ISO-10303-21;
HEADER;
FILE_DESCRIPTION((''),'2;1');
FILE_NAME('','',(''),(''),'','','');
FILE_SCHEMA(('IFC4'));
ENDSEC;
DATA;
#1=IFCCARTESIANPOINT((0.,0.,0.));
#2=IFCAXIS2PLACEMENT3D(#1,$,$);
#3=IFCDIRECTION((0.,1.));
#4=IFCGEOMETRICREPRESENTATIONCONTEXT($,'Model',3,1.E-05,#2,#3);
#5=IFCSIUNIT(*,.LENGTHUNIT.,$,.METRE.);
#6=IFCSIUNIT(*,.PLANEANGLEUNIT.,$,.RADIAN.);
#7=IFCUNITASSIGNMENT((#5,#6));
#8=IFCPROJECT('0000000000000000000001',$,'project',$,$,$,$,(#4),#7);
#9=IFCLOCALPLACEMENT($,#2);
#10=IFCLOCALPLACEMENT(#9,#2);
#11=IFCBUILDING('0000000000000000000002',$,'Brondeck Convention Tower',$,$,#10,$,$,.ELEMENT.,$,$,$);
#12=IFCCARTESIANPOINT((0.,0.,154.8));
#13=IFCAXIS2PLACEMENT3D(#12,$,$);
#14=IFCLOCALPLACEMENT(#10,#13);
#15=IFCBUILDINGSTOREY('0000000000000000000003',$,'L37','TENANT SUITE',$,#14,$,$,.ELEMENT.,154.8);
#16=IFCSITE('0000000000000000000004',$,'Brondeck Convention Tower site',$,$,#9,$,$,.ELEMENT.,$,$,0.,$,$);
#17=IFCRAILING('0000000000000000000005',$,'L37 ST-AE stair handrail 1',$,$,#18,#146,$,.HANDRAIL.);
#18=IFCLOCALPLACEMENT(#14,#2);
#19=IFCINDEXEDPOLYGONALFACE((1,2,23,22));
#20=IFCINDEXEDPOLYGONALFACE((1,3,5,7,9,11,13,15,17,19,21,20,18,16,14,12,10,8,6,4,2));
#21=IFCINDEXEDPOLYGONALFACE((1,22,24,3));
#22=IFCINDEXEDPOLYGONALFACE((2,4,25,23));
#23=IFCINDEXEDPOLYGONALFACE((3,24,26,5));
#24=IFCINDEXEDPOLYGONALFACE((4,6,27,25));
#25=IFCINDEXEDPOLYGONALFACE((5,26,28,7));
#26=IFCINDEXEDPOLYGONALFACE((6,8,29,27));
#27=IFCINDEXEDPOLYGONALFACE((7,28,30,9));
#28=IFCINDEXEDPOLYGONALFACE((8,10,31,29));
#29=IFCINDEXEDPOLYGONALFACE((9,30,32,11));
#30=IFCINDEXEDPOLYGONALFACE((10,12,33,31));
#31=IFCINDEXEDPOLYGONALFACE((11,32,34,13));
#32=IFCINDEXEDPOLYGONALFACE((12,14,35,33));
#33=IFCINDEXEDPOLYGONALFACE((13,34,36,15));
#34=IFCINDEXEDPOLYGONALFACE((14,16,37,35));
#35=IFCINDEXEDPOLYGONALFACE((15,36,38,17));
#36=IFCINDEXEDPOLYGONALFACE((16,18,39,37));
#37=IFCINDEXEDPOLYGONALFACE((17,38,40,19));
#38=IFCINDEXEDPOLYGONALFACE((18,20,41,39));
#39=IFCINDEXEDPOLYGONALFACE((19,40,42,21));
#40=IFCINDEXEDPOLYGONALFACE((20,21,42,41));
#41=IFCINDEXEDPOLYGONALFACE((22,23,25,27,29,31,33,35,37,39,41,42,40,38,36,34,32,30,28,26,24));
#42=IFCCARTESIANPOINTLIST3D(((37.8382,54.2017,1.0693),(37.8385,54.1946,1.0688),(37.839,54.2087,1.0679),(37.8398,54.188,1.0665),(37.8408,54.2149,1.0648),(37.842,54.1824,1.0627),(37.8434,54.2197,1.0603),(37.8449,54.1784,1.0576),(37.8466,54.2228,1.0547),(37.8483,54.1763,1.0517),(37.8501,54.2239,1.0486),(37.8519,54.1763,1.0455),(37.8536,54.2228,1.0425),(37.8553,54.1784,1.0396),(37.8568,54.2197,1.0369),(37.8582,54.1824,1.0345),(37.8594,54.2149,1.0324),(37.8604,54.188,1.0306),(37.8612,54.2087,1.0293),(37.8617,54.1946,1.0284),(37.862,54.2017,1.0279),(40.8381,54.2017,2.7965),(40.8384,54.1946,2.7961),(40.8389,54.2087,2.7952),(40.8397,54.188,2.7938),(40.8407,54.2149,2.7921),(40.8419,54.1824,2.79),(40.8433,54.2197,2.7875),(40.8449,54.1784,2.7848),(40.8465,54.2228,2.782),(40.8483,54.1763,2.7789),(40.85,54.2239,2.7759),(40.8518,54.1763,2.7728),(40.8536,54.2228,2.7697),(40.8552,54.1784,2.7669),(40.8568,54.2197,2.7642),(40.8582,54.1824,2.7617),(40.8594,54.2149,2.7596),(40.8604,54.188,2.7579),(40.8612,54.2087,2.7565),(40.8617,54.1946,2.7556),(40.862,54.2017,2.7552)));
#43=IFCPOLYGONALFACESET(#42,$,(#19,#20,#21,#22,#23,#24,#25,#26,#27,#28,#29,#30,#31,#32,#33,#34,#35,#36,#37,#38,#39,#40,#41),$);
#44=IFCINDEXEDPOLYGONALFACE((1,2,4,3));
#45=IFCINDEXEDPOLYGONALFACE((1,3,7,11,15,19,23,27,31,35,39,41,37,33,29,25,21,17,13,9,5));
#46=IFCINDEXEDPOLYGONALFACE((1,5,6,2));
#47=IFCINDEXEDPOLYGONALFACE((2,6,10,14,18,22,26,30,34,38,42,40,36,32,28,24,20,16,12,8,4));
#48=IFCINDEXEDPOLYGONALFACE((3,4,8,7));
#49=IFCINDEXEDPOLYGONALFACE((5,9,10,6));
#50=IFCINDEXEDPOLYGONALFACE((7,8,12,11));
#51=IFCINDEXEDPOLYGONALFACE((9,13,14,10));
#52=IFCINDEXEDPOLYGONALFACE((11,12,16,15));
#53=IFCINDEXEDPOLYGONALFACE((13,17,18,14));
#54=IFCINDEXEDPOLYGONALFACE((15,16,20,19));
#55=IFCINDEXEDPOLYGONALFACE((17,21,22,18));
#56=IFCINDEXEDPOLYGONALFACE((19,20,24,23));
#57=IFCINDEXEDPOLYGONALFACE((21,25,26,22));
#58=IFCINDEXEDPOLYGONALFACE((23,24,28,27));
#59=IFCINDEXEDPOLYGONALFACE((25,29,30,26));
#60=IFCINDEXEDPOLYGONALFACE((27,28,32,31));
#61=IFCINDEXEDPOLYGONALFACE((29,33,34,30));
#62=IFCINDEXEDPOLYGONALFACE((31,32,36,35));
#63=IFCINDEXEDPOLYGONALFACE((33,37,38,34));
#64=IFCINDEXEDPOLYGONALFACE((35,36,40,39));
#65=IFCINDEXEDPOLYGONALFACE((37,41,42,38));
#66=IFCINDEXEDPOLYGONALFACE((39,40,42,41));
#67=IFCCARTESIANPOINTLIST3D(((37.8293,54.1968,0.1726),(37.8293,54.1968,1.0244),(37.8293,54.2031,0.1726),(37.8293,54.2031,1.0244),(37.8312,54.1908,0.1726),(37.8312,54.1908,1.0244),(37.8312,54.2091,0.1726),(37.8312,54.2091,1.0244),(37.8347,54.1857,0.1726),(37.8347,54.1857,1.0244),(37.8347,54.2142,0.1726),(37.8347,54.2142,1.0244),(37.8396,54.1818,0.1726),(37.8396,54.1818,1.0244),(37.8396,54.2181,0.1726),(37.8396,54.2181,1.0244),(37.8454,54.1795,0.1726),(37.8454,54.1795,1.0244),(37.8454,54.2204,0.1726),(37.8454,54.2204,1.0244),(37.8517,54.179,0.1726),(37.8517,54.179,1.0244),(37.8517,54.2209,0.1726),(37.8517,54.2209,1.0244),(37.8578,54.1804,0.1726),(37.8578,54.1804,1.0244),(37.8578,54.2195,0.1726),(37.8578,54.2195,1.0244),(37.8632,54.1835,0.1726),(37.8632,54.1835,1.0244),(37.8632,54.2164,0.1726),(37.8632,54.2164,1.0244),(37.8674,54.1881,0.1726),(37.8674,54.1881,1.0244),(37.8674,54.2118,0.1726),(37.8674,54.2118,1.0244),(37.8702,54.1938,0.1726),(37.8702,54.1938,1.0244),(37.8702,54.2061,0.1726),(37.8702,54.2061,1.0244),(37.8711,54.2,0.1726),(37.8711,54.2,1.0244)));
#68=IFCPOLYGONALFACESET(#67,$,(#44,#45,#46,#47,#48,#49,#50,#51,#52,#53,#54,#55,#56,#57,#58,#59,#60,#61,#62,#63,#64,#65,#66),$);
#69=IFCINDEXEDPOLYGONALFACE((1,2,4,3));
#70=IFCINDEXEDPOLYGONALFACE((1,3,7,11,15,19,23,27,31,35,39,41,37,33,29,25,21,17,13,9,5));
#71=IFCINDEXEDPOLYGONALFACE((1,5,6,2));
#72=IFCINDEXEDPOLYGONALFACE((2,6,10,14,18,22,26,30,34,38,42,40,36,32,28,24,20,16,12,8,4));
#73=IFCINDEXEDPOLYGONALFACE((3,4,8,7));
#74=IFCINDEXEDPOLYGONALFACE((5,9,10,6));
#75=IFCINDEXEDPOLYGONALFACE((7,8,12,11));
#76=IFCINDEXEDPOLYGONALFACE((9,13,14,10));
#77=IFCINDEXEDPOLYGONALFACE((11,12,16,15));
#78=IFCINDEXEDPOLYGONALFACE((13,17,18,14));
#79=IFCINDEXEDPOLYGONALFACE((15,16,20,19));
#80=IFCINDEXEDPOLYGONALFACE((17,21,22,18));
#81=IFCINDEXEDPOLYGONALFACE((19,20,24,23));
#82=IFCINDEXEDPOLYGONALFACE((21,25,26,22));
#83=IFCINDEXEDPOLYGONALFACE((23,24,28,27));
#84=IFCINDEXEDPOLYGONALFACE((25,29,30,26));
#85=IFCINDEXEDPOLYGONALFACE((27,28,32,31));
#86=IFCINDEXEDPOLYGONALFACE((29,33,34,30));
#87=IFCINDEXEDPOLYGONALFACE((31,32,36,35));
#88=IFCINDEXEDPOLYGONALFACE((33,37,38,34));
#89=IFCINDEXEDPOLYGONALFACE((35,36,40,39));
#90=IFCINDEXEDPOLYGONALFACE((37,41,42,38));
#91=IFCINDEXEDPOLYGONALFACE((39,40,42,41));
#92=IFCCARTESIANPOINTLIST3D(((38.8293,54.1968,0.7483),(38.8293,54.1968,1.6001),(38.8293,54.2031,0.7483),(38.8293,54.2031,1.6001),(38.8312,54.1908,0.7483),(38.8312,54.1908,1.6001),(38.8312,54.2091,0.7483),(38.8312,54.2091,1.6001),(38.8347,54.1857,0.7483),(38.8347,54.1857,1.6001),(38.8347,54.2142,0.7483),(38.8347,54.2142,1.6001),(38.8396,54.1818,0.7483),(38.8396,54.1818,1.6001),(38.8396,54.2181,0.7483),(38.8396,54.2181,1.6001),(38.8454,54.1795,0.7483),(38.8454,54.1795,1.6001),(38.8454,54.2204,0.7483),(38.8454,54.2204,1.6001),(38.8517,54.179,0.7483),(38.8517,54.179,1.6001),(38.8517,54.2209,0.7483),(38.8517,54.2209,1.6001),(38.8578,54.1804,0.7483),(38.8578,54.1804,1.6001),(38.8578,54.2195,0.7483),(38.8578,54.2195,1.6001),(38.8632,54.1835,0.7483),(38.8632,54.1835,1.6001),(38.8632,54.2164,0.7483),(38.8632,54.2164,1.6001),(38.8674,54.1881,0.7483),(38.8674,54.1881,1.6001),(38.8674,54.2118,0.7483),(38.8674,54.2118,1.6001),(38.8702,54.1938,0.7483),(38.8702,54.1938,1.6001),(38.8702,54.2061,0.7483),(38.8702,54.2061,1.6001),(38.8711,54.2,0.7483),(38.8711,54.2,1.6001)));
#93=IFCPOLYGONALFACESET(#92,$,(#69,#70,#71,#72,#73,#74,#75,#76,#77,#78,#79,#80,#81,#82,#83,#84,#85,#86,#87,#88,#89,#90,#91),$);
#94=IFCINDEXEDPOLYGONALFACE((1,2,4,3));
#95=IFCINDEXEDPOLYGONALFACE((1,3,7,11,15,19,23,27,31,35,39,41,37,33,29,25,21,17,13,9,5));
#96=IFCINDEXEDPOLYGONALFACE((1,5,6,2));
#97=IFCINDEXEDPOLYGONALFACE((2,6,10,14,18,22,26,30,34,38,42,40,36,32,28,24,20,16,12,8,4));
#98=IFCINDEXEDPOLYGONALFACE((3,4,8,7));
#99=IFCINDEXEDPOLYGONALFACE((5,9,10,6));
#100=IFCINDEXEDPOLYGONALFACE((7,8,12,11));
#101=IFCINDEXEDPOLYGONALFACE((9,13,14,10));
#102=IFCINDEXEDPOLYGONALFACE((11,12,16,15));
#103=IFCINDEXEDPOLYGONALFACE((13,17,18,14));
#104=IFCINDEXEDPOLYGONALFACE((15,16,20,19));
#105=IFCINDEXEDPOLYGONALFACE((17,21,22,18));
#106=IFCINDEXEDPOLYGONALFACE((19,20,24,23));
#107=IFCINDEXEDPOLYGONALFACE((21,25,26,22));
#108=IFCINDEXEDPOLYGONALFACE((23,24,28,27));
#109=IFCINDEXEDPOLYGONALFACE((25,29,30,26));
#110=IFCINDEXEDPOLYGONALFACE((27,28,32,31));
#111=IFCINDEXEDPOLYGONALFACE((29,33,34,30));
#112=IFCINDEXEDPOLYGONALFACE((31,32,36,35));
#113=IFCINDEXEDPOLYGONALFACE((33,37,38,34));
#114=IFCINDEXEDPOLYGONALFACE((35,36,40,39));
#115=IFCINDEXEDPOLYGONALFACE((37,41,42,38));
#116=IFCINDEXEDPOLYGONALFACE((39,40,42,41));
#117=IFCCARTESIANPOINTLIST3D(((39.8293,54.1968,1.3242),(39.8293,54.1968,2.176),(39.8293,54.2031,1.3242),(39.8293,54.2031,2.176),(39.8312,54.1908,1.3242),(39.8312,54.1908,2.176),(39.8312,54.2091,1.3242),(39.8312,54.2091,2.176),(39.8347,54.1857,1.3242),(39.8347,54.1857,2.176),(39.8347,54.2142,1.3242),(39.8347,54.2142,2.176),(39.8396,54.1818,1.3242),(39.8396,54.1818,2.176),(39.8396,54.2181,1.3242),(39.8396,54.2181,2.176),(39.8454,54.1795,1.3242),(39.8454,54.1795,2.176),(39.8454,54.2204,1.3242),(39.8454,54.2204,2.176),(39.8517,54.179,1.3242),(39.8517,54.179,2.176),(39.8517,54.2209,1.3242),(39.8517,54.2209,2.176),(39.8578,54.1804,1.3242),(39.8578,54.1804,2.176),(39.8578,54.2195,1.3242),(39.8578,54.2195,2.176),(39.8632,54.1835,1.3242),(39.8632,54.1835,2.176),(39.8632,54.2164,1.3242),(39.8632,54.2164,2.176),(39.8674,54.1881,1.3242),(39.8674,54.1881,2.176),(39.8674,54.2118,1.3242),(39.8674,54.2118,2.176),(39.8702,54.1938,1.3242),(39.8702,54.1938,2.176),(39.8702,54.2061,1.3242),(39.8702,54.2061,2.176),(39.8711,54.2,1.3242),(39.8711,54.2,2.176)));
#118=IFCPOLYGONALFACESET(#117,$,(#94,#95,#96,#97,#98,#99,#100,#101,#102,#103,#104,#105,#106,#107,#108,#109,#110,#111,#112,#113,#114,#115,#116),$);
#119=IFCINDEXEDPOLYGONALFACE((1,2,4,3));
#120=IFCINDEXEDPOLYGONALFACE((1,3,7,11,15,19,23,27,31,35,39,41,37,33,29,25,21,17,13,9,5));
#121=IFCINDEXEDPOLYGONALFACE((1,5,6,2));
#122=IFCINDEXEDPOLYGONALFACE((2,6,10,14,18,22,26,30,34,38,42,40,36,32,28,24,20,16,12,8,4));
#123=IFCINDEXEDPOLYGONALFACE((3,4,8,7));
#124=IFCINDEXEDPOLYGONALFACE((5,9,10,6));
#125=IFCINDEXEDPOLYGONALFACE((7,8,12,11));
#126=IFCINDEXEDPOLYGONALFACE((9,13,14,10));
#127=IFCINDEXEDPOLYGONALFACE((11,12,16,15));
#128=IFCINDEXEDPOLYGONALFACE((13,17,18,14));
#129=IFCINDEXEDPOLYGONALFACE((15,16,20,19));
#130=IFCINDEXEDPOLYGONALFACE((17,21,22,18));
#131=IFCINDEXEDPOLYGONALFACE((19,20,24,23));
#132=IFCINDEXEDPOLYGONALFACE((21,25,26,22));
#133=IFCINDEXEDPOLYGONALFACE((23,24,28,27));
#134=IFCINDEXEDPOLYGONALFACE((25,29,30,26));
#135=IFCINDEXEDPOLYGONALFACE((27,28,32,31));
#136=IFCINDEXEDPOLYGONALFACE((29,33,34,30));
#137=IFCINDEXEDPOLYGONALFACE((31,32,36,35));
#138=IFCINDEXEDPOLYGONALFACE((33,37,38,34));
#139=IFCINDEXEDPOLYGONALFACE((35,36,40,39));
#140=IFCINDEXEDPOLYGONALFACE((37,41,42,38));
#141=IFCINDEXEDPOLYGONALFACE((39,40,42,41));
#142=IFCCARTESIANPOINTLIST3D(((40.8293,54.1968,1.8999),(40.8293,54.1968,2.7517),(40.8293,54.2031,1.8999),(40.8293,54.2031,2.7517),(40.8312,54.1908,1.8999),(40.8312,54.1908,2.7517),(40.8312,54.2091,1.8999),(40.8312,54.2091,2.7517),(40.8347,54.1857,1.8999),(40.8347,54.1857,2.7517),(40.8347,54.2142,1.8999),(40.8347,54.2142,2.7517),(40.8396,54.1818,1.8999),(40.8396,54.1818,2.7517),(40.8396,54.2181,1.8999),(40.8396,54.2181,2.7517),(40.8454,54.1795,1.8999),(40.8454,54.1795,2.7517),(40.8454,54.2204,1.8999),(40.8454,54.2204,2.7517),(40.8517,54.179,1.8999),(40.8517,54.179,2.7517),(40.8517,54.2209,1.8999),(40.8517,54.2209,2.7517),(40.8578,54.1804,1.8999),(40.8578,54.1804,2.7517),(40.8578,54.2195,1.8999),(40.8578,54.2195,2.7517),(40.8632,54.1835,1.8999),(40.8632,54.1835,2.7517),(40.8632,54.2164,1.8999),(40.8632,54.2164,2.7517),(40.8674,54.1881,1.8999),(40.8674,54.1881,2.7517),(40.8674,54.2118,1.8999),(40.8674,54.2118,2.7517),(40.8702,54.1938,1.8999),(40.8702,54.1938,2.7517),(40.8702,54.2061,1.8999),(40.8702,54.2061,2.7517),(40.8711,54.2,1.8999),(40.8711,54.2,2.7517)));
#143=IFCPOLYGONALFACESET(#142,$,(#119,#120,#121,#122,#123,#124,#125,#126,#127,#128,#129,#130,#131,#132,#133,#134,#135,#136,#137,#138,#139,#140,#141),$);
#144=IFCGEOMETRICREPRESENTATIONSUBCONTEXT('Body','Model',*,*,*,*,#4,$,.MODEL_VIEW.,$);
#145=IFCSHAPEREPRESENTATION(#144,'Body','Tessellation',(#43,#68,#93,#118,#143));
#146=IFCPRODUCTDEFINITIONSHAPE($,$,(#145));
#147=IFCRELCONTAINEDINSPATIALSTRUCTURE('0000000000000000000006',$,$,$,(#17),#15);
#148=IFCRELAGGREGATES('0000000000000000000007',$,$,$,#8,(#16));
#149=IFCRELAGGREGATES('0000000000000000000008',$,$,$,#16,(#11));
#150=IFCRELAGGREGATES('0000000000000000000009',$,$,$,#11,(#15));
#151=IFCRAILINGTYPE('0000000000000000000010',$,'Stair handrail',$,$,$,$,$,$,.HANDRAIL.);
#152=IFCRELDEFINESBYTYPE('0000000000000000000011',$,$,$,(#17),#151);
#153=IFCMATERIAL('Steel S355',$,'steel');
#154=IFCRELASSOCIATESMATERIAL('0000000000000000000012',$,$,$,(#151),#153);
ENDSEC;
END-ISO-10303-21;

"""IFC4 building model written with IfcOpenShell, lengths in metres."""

from ifc_helpers import new_model, si_unit, direction, frame, origin, origin_2d, place, context, subcontext, project, spatial, circle, extrude, material, type_object, element, save


model = new_model("IFC4")

# Units and contexts
model_context = context("Model", 3, precision=1e-05, world=origin(), true_north=direction((0.0, 1.0)))
body_context = subcontext(model_context, "Body", "Model", "MODEL_VIEW")
ifc_project = project(units=[si_unit("LENGTHUNIT", "METRE"), si_unit("PLANEANGLEUNIT", "RADIAN")], contexts=[model_context])

# Site, building, storey
site_placement = place(None, origin())
site = spatial("IfcSite", under=ifc_project, at=site_placement, Name="Brondeck Convention Tower site", CompositionType="ELEMENT", RefElevation=0.0)
building_placement = place(site_placement, origin())
building = spatial("IfcBuilding", under=site, at=building_placement, Name="Brondeck Convention Tower", CompositionType="ELEMENT")
storey_placement = place(building_placement, frame((0.0, 0.0, 154.8)))
storey = spatial("IfcBuildingStorey", under=building, at=storey_placement, Name="L37", Description="TENANT SUITE", CompositionType="ELEMENT", Elevation=154.8)

# Shared definitions
ifc_material_1 = material(Name="Steel S355", Category="steel")

# Railing
railing_type_1 = type_object("IfcRailingType", Name="Stair handrail", PredefinedType="HANDRAIL", material=ifc_material_1)
railing_1_placement = place(storey_placement, frame((37.8501, 54.2, 0.1726)))
element("IfcRailing", 1, at=railing_1_placement, inside=storey, type_object=railing_type_1, Name="L37 ST-AE stair handrail 1", PredefinedType="HANDRAIL", context=body_context, shape_type="SweptSolid", body=[
    extrude(circle(Radius=0.0239, at=origin_2d()), frame((0.0, 0.0, 0.876), z_axis=(0.86662, 0.0, 0.498969), x_axis=(0.0, 1.0, 0.0)), (0.0, 0.0, 1.0), 3.4617),
    extrude(circle(Radius=0.021, at=origin_2d()), origin(), (0.0, 0.0, 1.0), 0.8518),
    extrude(circle(Radius=0.021, at=origin_2d()), frame((1.0, 0.0, 0.5757)), (0.0, 0.0, 1.0), 0.8518),
    extrude(circle(Radius=0.021, at=origin_2d()), frame((2.0, 0.0, 1.1516)), (0.0, 0.0, 1.0), 0.8518),
    extrude(circle(Radius=0.021, at=origin_2d()), frame((3.0, 0.0, 1.7273)), (0.0, 0.0, 1.0), 0.8518),
])

save(model, "model.ifc")
